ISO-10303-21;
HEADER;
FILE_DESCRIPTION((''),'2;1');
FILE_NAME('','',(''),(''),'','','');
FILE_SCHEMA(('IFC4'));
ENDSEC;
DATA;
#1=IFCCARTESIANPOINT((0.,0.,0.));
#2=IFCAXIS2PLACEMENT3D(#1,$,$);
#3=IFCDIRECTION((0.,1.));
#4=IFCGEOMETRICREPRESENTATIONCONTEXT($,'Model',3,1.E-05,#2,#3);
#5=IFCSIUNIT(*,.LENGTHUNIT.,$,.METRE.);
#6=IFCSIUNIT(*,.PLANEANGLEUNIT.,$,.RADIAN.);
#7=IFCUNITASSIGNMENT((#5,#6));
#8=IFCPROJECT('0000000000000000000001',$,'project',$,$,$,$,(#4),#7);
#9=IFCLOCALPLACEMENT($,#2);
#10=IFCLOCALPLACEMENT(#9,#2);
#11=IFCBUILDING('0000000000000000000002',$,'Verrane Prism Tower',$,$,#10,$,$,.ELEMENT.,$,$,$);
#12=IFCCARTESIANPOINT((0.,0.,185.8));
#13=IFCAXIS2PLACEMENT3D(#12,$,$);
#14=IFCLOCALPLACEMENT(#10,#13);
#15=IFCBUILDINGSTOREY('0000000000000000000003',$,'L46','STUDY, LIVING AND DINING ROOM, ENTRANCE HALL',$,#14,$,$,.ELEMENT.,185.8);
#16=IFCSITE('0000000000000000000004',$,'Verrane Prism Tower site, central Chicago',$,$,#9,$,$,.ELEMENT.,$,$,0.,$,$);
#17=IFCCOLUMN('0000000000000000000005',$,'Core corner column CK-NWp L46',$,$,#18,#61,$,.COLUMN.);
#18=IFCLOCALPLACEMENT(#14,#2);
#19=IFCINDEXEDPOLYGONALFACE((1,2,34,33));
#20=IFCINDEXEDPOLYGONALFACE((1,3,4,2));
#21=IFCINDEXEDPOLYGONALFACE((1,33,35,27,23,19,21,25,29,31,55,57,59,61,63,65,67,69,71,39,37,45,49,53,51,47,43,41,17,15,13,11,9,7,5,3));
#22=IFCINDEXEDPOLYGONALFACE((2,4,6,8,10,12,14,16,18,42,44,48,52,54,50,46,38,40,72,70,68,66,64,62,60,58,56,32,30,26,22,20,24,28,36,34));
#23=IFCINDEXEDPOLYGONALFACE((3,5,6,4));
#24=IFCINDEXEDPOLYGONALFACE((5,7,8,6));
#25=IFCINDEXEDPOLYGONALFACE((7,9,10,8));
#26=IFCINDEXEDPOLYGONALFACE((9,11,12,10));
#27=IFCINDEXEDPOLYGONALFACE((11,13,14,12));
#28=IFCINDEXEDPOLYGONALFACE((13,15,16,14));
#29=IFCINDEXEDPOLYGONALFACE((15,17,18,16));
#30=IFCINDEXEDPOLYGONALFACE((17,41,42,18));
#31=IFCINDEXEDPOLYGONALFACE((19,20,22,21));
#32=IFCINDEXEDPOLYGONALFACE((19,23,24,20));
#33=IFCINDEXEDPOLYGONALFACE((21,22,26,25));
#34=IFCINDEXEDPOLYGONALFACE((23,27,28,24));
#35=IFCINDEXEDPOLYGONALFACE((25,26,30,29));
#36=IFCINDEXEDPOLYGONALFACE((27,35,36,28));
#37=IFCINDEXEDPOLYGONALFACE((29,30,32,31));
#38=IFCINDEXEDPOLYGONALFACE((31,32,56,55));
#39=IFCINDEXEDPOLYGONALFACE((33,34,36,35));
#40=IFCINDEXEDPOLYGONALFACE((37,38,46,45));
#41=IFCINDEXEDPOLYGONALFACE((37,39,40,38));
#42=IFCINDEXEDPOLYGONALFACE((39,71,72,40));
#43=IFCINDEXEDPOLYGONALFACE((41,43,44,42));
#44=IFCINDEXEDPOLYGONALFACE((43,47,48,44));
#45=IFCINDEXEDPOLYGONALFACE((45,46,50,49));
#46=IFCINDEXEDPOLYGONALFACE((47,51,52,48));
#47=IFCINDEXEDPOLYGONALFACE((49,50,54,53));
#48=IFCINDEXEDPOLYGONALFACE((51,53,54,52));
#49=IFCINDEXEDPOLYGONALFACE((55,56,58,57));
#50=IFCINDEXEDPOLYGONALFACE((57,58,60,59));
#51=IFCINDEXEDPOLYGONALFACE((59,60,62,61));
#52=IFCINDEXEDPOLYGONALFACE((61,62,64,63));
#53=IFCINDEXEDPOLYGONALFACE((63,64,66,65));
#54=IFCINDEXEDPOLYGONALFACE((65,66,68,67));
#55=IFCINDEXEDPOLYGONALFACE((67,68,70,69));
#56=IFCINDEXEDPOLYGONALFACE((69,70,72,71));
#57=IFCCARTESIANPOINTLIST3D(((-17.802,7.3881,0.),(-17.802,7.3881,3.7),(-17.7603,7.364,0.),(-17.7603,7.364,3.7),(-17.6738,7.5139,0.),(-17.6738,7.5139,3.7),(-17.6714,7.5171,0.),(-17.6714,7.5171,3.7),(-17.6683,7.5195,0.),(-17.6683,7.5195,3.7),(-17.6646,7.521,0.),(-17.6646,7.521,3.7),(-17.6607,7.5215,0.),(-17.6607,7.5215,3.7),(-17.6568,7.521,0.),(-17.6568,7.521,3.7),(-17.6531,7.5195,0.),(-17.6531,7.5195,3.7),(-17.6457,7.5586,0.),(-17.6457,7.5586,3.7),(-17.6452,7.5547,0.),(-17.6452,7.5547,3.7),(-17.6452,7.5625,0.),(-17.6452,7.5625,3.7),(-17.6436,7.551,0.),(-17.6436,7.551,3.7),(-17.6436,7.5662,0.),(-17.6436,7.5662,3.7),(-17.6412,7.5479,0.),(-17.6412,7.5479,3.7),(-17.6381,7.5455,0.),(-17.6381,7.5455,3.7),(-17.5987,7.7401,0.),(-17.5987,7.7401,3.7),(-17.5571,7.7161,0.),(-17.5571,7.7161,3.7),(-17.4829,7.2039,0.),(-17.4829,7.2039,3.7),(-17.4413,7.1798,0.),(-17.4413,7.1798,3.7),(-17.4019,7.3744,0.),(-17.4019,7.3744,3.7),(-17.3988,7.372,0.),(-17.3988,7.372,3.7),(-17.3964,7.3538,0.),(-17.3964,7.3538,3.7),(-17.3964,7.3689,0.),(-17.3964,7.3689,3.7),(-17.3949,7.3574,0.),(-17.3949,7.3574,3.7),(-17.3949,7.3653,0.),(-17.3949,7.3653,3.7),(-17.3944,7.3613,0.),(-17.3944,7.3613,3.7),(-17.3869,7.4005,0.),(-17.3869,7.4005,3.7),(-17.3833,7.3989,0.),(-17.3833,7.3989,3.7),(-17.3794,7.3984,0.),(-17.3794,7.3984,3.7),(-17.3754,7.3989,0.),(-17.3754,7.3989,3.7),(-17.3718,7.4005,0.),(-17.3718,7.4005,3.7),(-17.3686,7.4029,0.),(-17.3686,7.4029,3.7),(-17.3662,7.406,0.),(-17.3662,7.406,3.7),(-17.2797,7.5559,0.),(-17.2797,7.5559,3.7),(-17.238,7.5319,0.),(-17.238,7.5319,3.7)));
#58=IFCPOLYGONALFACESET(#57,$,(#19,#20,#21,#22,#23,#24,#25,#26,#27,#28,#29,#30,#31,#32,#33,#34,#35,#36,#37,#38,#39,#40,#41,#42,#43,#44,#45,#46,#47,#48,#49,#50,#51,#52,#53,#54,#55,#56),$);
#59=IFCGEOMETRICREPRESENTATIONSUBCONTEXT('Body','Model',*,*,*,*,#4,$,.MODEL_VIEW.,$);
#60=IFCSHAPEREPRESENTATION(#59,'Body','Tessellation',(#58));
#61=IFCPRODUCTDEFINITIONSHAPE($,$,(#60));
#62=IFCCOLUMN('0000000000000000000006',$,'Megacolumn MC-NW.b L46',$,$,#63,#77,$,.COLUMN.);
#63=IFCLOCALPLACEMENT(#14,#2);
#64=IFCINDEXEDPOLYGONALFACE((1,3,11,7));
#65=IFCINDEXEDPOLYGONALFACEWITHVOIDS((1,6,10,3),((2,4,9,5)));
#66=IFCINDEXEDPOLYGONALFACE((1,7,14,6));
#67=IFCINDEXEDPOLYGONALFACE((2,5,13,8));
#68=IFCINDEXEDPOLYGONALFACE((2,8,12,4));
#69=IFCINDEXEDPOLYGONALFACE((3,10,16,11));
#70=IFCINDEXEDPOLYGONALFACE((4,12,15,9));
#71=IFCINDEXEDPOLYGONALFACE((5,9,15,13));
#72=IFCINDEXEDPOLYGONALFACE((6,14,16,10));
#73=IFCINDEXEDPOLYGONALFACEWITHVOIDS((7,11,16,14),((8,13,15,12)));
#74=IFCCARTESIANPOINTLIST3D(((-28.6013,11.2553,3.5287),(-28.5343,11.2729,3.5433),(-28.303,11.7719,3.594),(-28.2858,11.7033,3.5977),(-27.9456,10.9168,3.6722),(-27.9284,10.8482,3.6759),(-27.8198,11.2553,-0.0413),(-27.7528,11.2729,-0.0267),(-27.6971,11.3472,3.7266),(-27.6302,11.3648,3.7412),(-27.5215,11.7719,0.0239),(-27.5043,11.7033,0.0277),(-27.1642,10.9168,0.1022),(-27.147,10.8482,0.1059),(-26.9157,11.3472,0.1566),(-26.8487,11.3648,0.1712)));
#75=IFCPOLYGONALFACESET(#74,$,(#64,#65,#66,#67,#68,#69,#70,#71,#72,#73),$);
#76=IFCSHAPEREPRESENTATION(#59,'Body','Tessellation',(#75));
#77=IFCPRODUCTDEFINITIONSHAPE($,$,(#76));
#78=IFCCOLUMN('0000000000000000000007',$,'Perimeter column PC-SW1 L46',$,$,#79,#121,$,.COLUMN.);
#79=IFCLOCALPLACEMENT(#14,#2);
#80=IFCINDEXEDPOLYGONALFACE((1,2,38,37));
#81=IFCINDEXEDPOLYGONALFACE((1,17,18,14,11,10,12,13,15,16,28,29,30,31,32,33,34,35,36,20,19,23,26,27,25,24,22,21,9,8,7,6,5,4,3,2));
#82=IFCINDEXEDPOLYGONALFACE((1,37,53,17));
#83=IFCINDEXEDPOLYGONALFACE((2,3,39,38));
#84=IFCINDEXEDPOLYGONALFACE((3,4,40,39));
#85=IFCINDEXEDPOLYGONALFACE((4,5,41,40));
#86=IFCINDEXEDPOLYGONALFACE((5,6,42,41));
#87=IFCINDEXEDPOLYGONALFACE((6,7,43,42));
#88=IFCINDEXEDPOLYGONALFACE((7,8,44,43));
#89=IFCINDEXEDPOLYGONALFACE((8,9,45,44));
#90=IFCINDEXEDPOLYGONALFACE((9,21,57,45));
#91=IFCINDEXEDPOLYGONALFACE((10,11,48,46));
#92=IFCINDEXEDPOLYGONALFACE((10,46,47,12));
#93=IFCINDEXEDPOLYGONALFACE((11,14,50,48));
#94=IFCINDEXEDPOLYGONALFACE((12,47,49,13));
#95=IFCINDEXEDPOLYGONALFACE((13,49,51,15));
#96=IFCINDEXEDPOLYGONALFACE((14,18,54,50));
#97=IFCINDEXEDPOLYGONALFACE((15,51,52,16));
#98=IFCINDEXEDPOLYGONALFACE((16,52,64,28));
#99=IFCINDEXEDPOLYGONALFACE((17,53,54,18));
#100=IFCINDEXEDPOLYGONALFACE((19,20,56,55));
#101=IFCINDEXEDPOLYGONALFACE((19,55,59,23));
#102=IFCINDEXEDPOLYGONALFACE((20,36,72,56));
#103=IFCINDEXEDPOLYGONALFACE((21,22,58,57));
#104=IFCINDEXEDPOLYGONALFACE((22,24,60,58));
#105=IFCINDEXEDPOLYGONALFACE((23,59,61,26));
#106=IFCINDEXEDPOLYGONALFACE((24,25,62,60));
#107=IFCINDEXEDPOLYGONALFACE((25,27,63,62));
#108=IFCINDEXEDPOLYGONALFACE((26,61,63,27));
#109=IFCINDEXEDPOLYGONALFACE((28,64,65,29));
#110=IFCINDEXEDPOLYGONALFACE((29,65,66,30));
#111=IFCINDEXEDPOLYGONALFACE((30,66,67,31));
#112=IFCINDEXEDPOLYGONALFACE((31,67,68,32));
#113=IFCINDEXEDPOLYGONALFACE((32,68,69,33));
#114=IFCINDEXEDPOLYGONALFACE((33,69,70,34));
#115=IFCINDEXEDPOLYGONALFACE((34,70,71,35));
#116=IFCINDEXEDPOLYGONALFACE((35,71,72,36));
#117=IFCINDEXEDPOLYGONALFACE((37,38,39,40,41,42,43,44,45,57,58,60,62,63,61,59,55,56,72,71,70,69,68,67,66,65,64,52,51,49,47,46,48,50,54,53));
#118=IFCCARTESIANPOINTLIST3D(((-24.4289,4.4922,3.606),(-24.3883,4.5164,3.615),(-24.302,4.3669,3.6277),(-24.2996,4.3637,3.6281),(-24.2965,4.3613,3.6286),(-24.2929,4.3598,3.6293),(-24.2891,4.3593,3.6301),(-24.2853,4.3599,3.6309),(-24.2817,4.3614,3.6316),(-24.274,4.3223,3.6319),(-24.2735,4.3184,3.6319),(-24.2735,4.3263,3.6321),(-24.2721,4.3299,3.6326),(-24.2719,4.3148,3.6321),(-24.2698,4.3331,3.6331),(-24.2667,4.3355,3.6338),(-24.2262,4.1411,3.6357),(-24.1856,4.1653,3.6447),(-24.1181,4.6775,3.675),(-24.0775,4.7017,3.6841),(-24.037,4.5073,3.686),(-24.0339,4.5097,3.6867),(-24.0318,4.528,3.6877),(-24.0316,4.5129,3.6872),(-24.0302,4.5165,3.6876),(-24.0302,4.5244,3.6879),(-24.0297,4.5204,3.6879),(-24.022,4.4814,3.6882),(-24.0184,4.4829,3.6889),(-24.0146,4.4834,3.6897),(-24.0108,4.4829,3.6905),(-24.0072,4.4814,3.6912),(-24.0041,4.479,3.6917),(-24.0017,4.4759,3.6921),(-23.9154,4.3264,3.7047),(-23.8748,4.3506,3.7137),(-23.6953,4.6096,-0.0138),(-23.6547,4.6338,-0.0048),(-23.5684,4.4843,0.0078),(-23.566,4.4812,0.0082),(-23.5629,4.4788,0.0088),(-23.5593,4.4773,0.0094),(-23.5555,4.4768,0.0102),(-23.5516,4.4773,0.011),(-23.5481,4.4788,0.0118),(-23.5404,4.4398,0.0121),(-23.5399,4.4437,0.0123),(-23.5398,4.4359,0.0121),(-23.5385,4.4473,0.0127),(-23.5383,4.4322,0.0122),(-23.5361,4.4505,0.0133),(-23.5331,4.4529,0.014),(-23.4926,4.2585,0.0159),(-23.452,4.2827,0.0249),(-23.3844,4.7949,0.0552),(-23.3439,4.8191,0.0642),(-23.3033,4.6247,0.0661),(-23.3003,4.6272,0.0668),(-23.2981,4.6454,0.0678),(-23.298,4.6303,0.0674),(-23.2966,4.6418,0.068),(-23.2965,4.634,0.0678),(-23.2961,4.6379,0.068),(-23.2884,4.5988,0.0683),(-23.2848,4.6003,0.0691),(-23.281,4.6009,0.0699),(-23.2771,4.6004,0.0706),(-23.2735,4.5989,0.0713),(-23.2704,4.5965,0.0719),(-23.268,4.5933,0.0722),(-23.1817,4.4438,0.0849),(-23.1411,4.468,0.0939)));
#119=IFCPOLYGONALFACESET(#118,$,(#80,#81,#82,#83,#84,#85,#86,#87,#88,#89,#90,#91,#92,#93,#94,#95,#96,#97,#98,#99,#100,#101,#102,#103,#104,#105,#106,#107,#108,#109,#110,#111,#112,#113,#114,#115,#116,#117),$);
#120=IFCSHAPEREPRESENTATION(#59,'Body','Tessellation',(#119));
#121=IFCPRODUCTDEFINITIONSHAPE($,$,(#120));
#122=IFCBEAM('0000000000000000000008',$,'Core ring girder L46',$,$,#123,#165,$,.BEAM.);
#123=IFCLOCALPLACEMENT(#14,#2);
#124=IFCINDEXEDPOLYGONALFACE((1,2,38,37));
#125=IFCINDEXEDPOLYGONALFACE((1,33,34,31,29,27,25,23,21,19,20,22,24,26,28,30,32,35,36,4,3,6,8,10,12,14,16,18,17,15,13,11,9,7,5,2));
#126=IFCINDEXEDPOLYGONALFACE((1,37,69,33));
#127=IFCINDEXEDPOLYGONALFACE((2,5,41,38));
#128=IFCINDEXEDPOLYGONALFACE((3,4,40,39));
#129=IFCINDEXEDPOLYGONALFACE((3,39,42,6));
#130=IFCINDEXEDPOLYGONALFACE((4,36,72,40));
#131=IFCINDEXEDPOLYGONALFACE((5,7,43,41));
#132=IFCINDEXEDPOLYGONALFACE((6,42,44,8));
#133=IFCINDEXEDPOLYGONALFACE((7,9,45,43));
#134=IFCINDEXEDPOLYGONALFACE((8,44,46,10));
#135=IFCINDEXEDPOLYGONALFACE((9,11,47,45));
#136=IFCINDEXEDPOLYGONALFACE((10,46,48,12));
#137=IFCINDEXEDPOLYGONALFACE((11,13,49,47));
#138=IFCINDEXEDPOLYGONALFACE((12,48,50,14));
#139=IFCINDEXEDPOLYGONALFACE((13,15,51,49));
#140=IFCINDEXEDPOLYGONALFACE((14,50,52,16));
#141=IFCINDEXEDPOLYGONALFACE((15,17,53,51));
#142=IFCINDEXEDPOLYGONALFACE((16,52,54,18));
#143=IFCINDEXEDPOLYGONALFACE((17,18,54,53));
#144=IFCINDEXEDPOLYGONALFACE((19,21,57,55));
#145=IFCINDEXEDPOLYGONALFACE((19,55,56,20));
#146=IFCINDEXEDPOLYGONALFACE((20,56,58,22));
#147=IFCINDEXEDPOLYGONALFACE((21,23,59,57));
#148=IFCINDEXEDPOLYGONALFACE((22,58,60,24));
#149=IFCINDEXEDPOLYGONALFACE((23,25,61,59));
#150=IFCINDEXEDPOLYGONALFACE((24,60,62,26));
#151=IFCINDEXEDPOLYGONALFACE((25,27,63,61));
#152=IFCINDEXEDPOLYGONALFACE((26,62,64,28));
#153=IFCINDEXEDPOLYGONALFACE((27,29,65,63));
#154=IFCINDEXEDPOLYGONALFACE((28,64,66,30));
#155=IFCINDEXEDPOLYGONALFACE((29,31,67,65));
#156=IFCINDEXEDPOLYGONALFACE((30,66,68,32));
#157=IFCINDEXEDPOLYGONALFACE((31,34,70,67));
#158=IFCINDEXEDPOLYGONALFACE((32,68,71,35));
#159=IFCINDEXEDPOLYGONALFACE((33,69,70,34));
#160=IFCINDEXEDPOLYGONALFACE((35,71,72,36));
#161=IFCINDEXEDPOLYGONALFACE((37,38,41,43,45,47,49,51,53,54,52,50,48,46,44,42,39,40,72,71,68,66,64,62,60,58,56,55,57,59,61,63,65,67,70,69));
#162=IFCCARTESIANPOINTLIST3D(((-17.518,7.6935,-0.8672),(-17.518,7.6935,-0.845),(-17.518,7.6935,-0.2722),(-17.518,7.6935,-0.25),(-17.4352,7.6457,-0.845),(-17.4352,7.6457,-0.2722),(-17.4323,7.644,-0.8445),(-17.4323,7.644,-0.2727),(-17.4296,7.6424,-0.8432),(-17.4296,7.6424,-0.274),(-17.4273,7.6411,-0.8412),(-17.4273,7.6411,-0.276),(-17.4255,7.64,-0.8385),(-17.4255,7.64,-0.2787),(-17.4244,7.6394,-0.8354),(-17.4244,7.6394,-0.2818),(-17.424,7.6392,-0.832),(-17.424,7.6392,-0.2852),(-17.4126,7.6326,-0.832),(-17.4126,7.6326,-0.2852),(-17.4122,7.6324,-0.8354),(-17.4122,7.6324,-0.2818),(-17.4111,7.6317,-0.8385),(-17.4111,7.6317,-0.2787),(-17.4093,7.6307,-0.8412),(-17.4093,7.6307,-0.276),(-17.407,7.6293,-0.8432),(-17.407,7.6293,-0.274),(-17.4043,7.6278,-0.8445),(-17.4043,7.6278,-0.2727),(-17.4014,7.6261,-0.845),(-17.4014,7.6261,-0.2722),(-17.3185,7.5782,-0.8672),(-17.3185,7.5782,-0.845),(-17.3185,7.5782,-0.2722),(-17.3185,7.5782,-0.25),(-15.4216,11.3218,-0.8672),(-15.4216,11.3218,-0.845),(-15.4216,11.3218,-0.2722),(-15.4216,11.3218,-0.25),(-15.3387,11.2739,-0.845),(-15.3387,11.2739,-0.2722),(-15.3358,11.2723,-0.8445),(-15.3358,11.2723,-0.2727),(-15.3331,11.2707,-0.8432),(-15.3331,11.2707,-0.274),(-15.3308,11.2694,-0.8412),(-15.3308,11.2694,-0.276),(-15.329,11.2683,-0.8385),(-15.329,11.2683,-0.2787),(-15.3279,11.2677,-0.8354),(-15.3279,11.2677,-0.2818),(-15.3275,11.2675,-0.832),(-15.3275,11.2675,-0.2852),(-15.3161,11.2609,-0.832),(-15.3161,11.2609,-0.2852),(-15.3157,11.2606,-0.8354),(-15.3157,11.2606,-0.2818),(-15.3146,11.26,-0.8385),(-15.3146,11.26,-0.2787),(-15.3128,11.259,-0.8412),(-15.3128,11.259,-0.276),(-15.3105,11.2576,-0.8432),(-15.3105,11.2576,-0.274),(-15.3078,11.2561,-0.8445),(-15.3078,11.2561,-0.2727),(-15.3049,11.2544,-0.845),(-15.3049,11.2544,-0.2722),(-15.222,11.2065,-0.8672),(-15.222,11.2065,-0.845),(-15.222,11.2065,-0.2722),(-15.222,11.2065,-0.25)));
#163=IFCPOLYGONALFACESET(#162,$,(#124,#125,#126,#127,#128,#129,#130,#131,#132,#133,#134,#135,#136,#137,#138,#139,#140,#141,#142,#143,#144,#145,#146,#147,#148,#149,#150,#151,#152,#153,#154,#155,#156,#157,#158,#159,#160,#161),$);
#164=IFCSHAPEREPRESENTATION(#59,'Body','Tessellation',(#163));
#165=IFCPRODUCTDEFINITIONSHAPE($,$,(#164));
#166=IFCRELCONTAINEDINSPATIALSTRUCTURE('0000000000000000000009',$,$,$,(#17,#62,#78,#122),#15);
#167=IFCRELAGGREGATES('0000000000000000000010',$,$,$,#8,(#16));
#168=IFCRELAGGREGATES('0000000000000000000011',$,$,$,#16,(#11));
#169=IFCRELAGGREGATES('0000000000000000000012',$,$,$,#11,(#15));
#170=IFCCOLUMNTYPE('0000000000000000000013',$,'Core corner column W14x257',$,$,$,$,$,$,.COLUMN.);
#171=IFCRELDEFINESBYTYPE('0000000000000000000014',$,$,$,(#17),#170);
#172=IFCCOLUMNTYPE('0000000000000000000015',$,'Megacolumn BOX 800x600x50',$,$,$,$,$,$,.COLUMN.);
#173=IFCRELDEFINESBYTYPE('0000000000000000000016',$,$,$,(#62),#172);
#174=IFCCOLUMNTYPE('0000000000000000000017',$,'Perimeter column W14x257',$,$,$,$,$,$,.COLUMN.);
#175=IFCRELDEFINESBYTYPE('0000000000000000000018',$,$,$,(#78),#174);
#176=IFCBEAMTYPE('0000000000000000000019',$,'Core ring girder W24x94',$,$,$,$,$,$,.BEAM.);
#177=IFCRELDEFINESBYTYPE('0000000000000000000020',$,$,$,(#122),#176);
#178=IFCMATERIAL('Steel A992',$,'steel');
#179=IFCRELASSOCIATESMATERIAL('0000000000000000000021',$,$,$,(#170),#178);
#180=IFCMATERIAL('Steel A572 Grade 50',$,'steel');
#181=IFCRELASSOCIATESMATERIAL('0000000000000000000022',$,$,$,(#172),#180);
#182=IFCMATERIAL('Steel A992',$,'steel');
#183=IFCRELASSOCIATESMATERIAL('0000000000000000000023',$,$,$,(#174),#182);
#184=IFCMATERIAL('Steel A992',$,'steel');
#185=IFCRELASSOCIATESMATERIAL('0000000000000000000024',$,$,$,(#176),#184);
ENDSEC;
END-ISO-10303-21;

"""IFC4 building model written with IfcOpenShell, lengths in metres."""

from ifc_helpers import new_model, si_unit, direction, frame, origin, origin_2d, place, context, subcontext, project, spatial, hollow_rectangle, i_section, extrude, material, material_profile, profile_set, type_object, element, save


model = new_model("IFC4")

# Units and contexts
model_context = context("Model", 3, precision=1e-05, world=origin(), true_north=direction((0.0, 1.0)))
body_context = subcontext(model_context, "Body", "Model", "MODEL_VIEW")
ifc_project = project(units=[si_unit("LENGTHUNIT", "METRE"), si_unit("PLANEANGLEUNIT", "RADIAN")], contexts=[model_context])

# Site, building, storey
site_placement = place(None, origin())
site = spatial("IfcSite", under=ifc_project, at=site_placement, Name="Verrane Prism Tower site, central Chicago", CompositionType="ELEMENT", RefElevation=0.0)
building_placement = place(site_placement, origin())
building = spatial("IfcBuilding", under=site, at=building_placement, Name="Verrane Prism Tower", CompositionType="ELEMENT")
storey_placement = place(building_placement, frame((0.0, 0.0, 185.8)))
storey = spatial("IfcBuildingStorey", under=building, at=storey_placement, Name="L46", Description="STUDY, LIVING AND DINING ROOM, ENTRANCE HALL", CompositionType="ELEMENT", Elevation=185.8)

# Columns
ifc_material_1 = material(Name="Steel A992", Category="steel")
ifc_material_profile_1 = material_profile(ifc_material_1, i_section(OverallWidth=0.4065, OverallDepth=0.4165, WebThickness=0.03, FlangeThickness=0.0481, FilletRadius=0.0151, at=origin_2d()), Name="W14x257")
ifc_profile_set_1 = profile_set([ifc_material_profile_1], Name="Steel A992")
column_type_1 = type_object("IfcColumnType", Name="Core corner column W14x257", PredefinedType="COLUMN", material=ifc_profile_set_1)
column_1_placement = place(storey_placement, frame((-17.52, 7.46, 0.0), z_axis=(0.0, 0.0, 1.0), x_axis=(0.5, 0.866025, 0.0)))
element("IfcColumn", 1, at=column_1_placement, inside=storey, type_object=column_type_1, Name="Core corner column CK-NWp L46", PredefinedType="COLUMN", context=body_context, shape_type="SweptSolid", body=[
    extrude(i_section(OverallWidth=0.4065, OverallDepth=0.4165, WebThickness=0.03, FlangeThickness=0.0481, FilletRadius=0.0151, at=origin_2d()), origin(), (0.0, 0.0, 1.0), 3.7),
])
ifc_material_2 = material(Name="Steel A572 Grade 50", Category="steel")
ifc_material_profile_2 = material_profile(ifc_material_2, hollow_rectangle(XDim=0.6001, YDim=0.8, WallThickness=0.05, at=origin_2d()), Name="BOX 800x600x50")
ifc_profile_set_2 = profile_set([ifc_material_profile_2], Name="Steel A572 Grade 50")
column_type_2 = type_object("IfcColumnType", Name="Megacolumn BOX 800x600x50", PredefinedType="COLUMN", material=ifc_profile_set_2)
column_2_placement = place(storey_placement, frame((-27.3342, 11.3101, 0.0649), z_axis=(-0.213838, 0.0, 0.976869), x_axis=(0.497033, 0.860883, 0.108801)))
element("IfcColumn", 2, at=column_2_placement, inside=storey, type_object=column_type_2, Name="Megacolumn MC-NW.b L46", PredefinedType="COLUMN", context=body_context, shape_type="SweptSolid", body=[
    extrude(hollow_rectangle(XDim=0.6001, YDim=0.8, WallThickness=0.05, at=origin_2d()), origin(), (0.0, 0.0, 1.0), 3.6545),
])
ifc_material_3 = material(Name="Steel A992", Category="steel")
ifc_material_profile_3 = material_profile(ifc_material_3, i_section(OverallWidth=0.4065, OverallDepth=0.4165, WebThickness=0.03, FlangeThickness=0.0481, FilletRadius=0.0151, at=origin_2d()), Name="W14x257")
ifc_profile_set_3 = profile_set([ifc_material_profile_3], Name="Steel A992")
column_type_3 = type_object("IfcColumnType", Name="Perimeter column W14x257", PredefinedType="COLUMN", material=ifc_profile_set_3)
column_3_placement = place(storey_placement, frame((-23.4182, 4.5388, 0.04), z_axis=(-0.198532, -0.031778, 0.979579), x_axis=(-0.498722, 0.863678, -0.073058)))
element("IfcColumn", 3, at=column_3_placement, inside=storey, type_object=column_type_3, Name="Perimeter column PC-SW1 L46", PredefinedType="COLUMN", context=body_context, shape_type="SweptSolid", body=[
    extrude(i_section(OverallWidth=0.4065, OverallDepth=0.4165, WebThickness=0.03, FlangeThickness=0.0481, FilletRadius=0.0151, at=origin_2d()), origin(), (0.0, 0.0, 1.0), 3.6953),
])

# Beam
ifc_material_4 = material(Name="Steel A992", Category="steel")
ifc_material_profile_4 = material_profile(ifc_material_4, i_section(OverallWidth=0.2305, OverallDepth=0.6172, WebThickness=0.0132, FlangeThickness=0.0222, FilletRadius=0.0129, at=origin_2d()), Name="W24x94")
ifc_profile_set_4 = profile_set([ifc_material_profile_4], Name="Steel A992")
beam_type_1 = type_object("IfcBeamType", Name="Core ring girder W24x94", PredefinedType="BEAM", material=ifc_profile_set_4)
beam_1_placement = place(storey_placement, frame((-15.3218, 11.2642, -0.5586), z_axis=(-0.500306, -0.865849, 0.0), x_axis=(0.865849, -0.500306, 0.0)))
element("IfcBeam", 4, at=beam_1_placement, inside=storey, type_object=beam_type_1, Name="Core ring girder L46", PredefinedType="BEAM", context=body_context, shape_type="SweptSolid", body=[
    extrude(i_section(OverallWidth=0.2305, OverallDepth=0.6172, WebThickness=0.0132, FlangeThickness=0.0222, FilletRadius=0.0129, at=origin_2d()), origin(), (0.0, 0.0, 1.0), 4.1904),
])

save(model, "model.ifc")
